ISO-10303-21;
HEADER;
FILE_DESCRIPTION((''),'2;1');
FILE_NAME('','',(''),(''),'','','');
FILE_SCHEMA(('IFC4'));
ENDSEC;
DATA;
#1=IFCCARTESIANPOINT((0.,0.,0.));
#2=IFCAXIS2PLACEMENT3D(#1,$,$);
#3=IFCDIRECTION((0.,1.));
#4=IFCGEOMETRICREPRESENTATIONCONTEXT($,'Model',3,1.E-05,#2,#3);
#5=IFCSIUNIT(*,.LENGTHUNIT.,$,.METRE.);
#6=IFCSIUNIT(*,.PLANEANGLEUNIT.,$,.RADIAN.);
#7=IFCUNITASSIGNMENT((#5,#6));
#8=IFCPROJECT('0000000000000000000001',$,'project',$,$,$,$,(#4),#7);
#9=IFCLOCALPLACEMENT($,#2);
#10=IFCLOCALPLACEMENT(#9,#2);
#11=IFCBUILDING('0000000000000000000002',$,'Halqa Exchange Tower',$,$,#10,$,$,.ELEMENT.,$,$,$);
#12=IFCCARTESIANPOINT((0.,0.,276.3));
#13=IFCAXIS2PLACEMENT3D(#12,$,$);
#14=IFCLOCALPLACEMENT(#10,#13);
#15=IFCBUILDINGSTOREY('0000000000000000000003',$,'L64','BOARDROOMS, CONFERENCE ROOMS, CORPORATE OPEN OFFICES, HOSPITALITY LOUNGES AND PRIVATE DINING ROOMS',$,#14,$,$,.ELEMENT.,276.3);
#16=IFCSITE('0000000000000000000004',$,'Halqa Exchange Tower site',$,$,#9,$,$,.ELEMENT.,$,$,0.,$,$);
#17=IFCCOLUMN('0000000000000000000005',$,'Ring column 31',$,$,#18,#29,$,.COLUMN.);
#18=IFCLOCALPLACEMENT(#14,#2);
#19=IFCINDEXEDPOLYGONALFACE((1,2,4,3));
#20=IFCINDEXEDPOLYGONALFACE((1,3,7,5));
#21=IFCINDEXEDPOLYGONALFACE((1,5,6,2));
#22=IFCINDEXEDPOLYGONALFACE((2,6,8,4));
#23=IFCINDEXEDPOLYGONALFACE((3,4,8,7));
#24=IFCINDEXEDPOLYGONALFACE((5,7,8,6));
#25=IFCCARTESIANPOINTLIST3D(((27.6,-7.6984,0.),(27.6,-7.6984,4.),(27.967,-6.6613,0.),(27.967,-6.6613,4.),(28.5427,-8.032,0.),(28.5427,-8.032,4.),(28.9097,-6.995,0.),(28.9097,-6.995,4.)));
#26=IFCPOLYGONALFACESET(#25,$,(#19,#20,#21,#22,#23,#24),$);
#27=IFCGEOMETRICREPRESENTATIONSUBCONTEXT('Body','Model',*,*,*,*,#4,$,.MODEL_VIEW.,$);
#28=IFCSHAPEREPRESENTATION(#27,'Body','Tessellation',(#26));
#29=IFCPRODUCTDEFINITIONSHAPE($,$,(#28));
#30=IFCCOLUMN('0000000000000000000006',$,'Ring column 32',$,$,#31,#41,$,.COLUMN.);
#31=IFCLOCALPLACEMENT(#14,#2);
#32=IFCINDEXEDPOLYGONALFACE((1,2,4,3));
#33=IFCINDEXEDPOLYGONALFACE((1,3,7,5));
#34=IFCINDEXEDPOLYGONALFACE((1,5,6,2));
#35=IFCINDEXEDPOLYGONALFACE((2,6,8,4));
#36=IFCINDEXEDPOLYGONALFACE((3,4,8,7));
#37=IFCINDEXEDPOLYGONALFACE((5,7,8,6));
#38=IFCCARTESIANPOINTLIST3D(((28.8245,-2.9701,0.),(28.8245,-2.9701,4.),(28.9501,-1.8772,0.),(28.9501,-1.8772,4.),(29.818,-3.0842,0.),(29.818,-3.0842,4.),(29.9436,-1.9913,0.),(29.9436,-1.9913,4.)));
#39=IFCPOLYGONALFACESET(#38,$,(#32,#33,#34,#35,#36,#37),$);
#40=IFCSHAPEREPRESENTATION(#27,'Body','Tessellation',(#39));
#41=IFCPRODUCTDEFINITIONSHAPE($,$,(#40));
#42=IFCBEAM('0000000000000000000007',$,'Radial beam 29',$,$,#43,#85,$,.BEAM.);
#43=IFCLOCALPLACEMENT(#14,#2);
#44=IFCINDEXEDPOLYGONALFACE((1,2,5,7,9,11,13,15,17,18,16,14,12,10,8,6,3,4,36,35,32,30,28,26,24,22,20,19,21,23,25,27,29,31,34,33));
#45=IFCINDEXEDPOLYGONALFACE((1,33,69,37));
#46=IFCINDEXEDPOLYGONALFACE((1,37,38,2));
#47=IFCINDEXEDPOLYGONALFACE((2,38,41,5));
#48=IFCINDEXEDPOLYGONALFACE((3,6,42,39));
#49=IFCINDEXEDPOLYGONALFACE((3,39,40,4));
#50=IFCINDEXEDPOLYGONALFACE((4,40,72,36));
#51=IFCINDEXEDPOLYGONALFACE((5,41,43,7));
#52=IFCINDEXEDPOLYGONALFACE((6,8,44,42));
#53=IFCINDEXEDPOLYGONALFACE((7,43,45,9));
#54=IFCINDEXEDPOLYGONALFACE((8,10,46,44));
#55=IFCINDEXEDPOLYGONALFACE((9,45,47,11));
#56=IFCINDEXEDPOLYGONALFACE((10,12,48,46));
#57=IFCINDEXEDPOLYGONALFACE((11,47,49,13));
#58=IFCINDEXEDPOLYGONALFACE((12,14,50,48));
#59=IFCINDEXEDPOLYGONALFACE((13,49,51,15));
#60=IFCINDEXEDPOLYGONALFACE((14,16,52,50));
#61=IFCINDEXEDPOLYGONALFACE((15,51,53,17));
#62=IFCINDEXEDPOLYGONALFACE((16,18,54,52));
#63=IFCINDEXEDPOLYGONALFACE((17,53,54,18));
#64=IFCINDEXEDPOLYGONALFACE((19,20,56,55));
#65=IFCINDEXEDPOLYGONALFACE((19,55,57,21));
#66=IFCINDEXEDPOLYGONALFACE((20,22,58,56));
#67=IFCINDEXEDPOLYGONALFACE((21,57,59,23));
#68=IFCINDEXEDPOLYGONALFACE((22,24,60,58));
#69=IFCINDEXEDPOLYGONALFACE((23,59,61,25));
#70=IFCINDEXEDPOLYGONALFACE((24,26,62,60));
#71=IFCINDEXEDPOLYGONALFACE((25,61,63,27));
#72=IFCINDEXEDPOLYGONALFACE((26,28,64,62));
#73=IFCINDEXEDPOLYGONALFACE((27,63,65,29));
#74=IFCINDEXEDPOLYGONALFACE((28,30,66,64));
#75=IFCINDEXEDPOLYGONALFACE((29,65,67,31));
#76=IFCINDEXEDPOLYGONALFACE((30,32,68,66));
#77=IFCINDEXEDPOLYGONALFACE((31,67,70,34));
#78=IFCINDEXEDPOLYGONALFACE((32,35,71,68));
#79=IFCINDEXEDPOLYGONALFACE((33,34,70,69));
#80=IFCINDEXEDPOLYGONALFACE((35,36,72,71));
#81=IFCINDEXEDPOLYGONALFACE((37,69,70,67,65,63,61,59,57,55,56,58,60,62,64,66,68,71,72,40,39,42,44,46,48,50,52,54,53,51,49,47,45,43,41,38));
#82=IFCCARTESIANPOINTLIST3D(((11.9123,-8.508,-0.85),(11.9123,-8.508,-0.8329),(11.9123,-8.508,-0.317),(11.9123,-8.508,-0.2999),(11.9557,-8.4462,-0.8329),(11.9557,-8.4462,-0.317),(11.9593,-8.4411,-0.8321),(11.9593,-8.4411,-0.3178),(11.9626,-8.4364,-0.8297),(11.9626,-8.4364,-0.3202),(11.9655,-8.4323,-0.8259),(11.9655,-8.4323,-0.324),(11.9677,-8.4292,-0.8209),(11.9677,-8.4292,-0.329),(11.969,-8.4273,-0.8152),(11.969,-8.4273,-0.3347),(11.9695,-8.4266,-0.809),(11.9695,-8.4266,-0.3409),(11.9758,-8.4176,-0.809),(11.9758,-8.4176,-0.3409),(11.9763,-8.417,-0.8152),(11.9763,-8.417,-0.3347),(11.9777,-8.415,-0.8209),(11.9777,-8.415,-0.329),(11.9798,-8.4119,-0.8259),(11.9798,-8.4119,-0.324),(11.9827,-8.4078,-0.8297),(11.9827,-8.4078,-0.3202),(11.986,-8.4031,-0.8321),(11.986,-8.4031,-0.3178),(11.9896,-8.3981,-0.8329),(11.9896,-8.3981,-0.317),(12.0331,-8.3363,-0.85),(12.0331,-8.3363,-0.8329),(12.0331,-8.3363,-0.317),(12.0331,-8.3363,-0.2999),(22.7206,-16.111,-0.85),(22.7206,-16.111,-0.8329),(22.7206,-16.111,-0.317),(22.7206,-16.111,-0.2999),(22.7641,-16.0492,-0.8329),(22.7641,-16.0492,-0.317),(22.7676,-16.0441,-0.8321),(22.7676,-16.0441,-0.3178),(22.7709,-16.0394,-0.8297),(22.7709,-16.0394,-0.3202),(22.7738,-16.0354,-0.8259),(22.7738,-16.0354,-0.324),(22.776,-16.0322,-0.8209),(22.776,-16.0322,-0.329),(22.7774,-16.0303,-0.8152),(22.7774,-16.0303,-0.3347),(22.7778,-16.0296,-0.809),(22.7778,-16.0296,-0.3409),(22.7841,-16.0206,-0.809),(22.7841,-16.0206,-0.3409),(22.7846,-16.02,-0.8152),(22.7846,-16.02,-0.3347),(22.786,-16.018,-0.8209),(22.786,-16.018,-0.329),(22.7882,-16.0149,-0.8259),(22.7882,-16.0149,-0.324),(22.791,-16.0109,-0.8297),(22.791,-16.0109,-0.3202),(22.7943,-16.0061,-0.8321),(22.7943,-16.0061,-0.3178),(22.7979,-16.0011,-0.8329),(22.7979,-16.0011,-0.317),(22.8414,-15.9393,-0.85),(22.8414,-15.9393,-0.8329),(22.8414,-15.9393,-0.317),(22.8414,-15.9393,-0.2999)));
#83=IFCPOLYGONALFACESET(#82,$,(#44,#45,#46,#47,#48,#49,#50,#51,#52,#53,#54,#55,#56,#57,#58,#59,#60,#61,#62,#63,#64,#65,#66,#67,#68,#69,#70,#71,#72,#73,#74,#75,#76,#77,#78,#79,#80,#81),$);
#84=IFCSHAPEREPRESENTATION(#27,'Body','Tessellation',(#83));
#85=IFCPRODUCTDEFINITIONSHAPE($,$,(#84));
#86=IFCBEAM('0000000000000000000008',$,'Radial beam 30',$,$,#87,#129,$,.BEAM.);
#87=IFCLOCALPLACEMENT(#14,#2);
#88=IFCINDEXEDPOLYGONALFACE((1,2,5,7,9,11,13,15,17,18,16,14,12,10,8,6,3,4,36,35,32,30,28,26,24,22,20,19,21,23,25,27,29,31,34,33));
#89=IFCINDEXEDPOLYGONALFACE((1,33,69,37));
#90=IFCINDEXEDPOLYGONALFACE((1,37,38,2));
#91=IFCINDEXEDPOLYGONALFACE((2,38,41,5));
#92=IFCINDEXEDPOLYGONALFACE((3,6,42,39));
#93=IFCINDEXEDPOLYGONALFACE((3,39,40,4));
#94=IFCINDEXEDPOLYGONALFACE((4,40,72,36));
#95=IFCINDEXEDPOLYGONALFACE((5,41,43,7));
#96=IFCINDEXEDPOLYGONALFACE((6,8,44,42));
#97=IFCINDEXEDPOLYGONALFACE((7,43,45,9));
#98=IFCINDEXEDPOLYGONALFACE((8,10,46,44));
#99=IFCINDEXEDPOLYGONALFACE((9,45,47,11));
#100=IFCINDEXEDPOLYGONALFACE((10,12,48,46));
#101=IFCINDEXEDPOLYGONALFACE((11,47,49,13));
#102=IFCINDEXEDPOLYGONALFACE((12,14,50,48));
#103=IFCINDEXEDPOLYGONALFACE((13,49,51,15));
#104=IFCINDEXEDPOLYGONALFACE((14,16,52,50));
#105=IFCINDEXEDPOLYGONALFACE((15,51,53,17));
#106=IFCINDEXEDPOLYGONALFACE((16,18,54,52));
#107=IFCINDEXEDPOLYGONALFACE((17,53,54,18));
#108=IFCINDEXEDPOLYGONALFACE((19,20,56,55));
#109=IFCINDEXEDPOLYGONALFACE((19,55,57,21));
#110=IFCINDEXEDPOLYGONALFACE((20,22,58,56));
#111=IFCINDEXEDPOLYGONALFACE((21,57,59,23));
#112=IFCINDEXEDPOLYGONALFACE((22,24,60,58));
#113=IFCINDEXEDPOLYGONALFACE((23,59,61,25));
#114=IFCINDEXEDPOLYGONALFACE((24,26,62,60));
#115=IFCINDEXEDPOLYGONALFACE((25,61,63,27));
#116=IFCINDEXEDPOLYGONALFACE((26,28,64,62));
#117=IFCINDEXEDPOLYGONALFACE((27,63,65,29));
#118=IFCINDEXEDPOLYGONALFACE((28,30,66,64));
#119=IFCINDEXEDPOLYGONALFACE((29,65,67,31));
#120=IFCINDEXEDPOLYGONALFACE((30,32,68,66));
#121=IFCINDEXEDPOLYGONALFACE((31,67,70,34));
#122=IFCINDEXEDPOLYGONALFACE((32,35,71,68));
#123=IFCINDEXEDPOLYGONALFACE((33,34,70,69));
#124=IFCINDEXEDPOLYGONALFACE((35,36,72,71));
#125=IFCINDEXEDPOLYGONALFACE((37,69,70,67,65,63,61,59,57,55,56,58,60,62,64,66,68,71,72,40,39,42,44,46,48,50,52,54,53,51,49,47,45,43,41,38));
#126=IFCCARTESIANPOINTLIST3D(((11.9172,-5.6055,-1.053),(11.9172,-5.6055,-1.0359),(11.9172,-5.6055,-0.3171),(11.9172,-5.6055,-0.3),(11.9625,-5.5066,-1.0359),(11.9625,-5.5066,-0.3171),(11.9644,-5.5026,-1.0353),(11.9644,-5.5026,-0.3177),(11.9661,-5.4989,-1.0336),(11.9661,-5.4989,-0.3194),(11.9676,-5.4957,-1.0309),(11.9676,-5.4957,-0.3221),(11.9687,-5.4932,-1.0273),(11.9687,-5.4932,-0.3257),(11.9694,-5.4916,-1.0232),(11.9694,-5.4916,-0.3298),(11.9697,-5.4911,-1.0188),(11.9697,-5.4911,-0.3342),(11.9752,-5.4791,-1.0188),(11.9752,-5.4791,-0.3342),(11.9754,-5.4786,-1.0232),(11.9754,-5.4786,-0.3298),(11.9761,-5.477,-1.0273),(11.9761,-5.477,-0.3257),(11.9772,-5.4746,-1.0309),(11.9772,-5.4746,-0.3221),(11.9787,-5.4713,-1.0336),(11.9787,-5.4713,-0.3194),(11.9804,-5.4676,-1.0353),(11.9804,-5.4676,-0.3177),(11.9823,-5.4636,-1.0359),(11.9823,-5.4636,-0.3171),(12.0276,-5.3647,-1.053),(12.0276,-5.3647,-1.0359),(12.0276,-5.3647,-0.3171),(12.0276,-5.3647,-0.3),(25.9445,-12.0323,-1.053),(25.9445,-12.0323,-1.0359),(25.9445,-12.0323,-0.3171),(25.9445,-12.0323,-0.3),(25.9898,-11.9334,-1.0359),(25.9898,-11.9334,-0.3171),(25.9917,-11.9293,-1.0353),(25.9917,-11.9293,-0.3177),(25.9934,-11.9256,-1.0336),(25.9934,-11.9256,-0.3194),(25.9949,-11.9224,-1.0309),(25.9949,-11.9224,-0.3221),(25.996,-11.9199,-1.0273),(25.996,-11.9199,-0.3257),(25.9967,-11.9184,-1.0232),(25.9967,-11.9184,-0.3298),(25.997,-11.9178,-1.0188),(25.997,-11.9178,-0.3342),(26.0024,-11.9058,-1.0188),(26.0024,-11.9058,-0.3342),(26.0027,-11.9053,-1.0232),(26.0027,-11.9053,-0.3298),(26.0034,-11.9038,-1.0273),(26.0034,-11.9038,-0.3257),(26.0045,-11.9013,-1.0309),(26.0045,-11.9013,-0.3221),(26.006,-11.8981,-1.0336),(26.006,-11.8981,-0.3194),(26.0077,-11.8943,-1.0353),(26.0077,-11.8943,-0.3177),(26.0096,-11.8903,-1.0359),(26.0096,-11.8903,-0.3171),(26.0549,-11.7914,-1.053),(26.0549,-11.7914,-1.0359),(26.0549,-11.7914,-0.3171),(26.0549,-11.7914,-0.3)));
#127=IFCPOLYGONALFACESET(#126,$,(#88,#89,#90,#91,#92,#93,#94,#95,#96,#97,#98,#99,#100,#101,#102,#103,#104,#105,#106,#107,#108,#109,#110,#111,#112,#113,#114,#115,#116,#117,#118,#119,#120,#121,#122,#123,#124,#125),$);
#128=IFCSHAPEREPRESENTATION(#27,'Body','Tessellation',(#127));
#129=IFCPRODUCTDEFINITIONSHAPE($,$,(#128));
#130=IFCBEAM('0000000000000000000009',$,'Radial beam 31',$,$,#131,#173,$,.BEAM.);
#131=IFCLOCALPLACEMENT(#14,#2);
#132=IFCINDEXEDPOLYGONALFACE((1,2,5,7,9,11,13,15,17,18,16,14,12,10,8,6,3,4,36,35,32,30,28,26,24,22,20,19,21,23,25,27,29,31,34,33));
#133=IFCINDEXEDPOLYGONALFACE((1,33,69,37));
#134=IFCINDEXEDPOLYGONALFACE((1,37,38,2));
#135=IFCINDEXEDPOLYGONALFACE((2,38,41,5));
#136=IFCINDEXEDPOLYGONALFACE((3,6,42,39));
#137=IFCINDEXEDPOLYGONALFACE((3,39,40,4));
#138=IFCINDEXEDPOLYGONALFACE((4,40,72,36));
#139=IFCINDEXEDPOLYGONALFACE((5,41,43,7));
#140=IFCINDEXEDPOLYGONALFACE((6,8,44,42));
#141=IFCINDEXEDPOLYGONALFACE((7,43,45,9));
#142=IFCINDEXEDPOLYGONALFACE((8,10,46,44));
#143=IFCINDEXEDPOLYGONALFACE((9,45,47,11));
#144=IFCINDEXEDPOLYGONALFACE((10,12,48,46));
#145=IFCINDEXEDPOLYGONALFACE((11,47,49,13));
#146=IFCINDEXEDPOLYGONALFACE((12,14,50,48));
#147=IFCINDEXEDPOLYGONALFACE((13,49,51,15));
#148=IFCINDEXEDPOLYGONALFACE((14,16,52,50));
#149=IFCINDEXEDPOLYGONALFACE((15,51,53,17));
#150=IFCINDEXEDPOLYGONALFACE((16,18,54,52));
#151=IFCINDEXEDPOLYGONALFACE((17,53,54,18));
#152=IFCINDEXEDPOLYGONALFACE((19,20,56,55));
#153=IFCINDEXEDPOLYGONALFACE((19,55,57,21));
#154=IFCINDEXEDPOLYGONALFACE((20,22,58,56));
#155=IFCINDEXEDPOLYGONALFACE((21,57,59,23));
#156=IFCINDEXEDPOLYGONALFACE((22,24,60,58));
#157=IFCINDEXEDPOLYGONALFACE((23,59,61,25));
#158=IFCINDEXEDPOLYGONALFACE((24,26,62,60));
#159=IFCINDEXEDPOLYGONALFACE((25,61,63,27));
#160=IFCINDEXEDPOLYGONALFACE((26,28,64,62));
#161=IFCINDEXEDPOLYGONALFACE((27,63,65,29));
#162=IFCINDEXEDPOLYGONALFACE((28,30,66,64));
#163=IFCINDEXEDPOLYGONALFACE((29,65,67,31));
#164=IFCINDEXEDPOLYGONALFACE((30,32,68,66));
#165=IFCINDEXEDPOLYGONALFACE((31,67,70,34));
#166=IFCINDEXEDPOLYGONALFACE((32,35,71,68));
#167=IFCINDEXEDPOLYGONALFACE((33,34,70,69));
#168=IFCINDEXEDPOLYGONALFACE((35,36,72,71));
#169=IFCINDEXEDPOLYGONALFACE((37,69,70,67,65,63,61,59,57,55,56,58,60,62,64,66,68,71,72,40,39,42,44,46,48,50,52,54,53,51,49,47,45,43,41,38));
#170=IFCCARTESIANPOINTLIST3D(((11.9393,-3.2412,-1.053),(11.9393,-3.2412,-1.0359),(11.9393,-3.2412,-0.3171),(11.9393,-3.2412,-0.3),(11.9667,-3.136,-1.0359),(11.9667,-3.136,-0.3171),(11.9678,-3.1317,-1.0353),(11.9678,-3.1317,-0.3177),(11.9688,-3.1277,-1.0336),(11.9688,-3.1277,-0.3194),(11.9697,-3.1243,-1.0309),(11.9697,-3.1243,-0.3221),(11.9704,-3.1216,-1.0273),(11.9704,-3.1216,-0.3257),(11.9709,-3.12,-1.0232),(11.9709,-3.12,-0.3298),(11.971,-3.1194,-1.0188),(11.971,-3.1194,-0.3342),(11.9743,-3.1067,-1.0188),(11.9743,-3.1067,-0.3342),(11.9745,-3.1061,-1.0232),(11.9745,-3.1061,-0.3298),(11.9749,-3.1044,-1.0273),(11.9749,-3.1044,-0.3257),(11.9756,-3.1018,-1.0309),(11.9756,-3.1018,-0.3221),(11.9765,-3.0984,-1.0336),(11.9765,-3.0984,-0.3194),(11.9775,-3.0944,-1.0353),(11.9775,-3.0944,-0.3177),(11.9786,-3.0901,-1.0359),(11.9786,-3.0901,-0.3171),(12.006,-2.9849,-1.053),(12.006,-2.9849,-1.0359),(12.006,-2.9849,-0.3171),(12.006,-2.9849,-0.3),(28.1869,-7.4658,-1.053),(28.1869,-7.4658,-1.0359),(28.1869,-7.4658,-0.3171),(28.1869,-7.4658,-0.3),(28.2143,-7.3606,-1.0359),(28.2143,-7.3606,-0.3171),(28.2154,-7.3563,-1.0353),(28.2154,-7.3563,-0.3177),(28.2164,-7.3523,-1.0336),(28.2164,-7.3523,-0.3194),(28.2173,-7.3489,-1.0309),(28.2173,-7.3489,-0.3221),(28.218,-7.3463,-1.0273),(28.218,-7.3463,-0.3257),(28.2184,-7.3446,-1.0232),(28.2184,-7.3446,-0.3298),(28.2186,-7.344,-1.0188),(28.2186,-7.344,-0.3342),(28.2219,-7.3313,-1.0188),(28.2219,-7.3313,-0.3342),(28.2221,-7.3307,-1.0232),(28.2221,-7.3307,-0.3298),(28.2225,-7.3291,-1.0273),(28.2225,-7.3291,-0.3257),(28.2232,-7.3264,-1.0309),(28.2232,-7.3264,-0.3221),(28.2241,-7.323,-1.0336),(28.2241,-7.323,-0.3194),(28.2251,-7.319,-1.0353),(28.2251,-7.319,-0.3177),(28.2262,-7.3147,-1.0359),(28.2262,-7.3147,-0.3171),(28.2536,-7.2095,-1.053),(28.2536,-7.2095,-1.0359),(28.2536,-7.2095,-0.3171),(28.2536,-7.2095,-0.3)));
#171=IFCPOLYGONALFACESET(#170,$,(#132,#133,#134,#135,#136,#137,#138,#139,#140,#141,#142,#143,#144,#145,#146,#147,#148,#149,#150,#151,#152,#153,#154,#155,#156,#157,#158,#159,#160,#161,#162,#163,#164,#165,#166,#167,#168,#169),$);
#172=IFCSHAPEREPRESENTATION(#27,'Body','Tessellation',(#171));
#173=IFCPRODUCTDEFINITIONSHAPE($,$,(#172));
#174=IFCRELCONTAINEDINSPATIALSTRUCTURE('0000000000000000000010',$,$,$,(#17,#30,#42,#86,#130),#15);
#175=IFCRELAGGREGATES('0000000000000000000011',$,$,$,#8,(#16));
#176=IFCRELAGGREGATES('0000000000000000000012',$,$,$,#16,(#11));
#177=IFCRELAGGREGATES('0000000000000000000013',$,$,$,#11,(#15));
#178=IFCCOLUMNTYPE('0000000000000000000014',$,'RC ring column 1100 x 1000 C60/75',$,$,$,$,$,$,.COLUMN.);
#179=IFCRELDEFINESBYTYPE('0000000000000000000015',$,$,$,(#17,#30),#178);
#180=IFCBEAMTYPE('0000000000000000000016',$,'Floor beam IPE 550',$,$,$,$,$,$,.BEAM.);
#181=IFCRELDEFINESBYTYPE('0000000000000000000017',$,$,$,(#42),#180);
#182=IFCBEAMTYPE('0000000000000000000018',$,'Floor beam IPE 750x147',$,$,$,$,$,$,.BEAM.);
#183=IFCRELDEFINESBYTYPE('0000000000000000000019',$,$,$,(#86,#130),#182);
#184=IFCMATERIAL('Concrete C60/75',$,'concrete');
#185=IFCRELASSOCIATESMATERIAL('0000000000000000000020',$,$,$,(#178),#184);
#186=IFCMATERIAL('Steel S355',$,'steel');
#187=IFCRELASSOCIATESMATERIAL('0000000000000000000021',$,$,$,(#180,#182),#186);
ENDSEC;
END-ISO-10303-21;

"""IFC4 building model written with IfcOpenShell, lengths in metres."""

from ifc_helpers import new_model, si_unit, direction, frame, origin, origin_2d, place, context, subcontext, project, spatial, rectangle, i_section, extrude, material, material_profile, profile_set, type_object, element, save


model = new_model("IFC4")

# Units and contexts
model_context = context("Model", 3, precision=1e-05, world=origin(), true_north=direction((0.0, 1.0)))
body_context = subcontext(model_context, "Body", "Model", "MODEL_VIEW")
ifc_project = project(units=[si_unit("LENGTHUNIT", "METRE"), si_unit("PLANEANGLEUNIT", "RADIAN")], contexts=[model_context])

# Site, building, storey
site_placement = place(None, origin())
site = spatial("IfcSite", under=ifc_project, at=site_placement, Name="Halqa Exchange Tower site", CompositionType="ELEMENT", RefElevation=0.0)
building_placement = place(site_placement, origin())
building = spatial("IfcBuilding", under=site, at=building_placement, Name="Halqa Exchange Tower", CompositionType="ELEMENT")
storey_placement = place(building_placement, frame((0.0, 0.0, 276.3)))
storey = spatial("IfcBuildingStorey", under=building, at=storey_placement, Name="L64", Description="BOARDROOMS, CONFERENCE ROOMS, CORPORATE OPEN OFFICES, HOSPITALITY LOUNGES AND PRIVATE DINING ROOMS", CompositionType="ELEMENT", Elevation=276.3)

# Columns
ifc_material_1 = material(Name="Concrete C60/75", Category="concrete")
ifc_material_profile_1 = material_profile(ifc_material_1, rectangle(XDim=1.1001, YDim=1.0, at=origin_2d()), Name="1100 x 1000")
ifc_profile_set_1 = profile_set([ifc_material_profile_1], Name="Concrete C60/75")
column_type = type_object("IfcColumnType", Name="RC ring column 1100 x 1000 C60/75", PredefinedType="COLUMN", material=ifc_profile_set_1)
for number, where, z_axis, x_axis, name in (
    (1, (28.2549, -7.3467, 0.0), (0.0, 0.0, 1.0), (0.333619, 0.942708, 0.0), "Ring column 31"),
    (2, (29.384, -2.4807, 0.0), (0.0, 0.0, 1.0), (0.114155, 0.993463, 0.0), "Ring column 32"),
):
    element("IfcColumn", number, at=place(storey_placement, frame(where, z_axis=z_axis, x_axis=x_axis)), inside=storey, type_object=column_type, Name=name, PredefinedType="COLUMN", context=body_context, shape_type="SweptSolid", body=[
        extrude(rectangle(XDim=1.1001, YDim=1.0, at=origin_2d()), origin(), (0.0, 0.0, 1.0), 4.0),
    ])

# Beams
ifc_material_2 = material(Name="Steel S355", Category="steel")
ifc_material_profile_2 = material_profile(ifc_material_2, i_section(OverallWidth=0.21, OverallDepth=0.55, WebThickness=0.011, FlangeThickness=0.0171, FilletRadius=0.0239, at=origin_2d()), Name="IPE 550")
ifc_profile_set_2 = profile_set([ifc_material_profile_2], Name="Steel S355")
beam_type_1 = type_object("IfcBeamType", Name="Floor beam IPE 550", PredefinedType="BEAM", material=ifc_profile_set_2)
beam_1_placement = place(storey_placement, frame((11.9727, -8.4221, -0.575), z_axis=(0.817908, -0.575349, 0.0), x_axis=(0.575349, 0.817908, 0.0)))
element("IfcBeam", 3, at=beam_1_placement, inside=storey, type_object=beam_type_1, Name="Radial beam 29", PredefinedType="BEAM", context=body_context, shape_type="SweptSolid", body=[
    extrude(i_section(OverallWidth=0.21, OverallDepth=0.55, WebThickness=0.011, FlangeThickness=0.0171, FilletRadius=0.0239, at=origin_2d()), origin(), (0.0, 0.0, 1.0), 13.2146),
])
ifc_material_profile_3 = material_profile(ifc_material_2, i_section(OverallWidth=0.2649, OverallDepth=0.7529, WebThickness=0.0132, FlangeThickness=0.0171, FilletRadius=0.0171, at=origin_2d()), Name="IPE 750x147")
ifc_profile_set_3 = profile_set([ifc_material_profile_3], Name="Steel S355")
beam_type_2 = type_object("IfcBeamType", Name="Floor beam IPE 750x147", PredefinedType="BEAM", material=ifc_profile_set_3)
beam_2_placement = place(storey_placement, frame((11.9724, -5.4851, -0.6765), z_axis=(0.909125, -0.416524, 0.0), x_axis=(0.416524, 0.909125, 0.0)))
element("IfcBeam", 4, at=beam_2_placement, inside=storey, type_object=beam_type_2, Name="Radial beam 30", PredefinedType="BEAM", context=body_context, shape_type="SweptSolid", body=[
    extrude(i_section(OverallWidth=0.2649, OverallDepth=0.7529, WebThickness=0.0132, FlangeThickness=0.0171, FilletRadius=0.0171, at=origin_2d()), origin(), (0.0, 0.0, 1.0), 15.4294),
])
beam_3_placement = place(storey_placement, frame((11.9727, -3.113, -0.6765), z_axis=(0.967819, -0.251647, 0.0), x_axis=(0.251647, 0.967819, 0.0)))
element("IfcBeam", 5, at=beam_3_placement, inside=storey, type_object=beam_type_2, Name="Radial beam 31", PredefinedType="BEAM", context=body_context, shape_type="SweptSolid", body=[
    extrude(i_section(OverallWidth=0.2649, OverallDepth=0.7529, WebThickness=0.0132, FlangeThickness=0.0171, FilletRadius=0.0171, at=origin_2d()), origin(), (0.0, 0.0, 1.0), 16.7878),
])

save(model, "model.ifc")
